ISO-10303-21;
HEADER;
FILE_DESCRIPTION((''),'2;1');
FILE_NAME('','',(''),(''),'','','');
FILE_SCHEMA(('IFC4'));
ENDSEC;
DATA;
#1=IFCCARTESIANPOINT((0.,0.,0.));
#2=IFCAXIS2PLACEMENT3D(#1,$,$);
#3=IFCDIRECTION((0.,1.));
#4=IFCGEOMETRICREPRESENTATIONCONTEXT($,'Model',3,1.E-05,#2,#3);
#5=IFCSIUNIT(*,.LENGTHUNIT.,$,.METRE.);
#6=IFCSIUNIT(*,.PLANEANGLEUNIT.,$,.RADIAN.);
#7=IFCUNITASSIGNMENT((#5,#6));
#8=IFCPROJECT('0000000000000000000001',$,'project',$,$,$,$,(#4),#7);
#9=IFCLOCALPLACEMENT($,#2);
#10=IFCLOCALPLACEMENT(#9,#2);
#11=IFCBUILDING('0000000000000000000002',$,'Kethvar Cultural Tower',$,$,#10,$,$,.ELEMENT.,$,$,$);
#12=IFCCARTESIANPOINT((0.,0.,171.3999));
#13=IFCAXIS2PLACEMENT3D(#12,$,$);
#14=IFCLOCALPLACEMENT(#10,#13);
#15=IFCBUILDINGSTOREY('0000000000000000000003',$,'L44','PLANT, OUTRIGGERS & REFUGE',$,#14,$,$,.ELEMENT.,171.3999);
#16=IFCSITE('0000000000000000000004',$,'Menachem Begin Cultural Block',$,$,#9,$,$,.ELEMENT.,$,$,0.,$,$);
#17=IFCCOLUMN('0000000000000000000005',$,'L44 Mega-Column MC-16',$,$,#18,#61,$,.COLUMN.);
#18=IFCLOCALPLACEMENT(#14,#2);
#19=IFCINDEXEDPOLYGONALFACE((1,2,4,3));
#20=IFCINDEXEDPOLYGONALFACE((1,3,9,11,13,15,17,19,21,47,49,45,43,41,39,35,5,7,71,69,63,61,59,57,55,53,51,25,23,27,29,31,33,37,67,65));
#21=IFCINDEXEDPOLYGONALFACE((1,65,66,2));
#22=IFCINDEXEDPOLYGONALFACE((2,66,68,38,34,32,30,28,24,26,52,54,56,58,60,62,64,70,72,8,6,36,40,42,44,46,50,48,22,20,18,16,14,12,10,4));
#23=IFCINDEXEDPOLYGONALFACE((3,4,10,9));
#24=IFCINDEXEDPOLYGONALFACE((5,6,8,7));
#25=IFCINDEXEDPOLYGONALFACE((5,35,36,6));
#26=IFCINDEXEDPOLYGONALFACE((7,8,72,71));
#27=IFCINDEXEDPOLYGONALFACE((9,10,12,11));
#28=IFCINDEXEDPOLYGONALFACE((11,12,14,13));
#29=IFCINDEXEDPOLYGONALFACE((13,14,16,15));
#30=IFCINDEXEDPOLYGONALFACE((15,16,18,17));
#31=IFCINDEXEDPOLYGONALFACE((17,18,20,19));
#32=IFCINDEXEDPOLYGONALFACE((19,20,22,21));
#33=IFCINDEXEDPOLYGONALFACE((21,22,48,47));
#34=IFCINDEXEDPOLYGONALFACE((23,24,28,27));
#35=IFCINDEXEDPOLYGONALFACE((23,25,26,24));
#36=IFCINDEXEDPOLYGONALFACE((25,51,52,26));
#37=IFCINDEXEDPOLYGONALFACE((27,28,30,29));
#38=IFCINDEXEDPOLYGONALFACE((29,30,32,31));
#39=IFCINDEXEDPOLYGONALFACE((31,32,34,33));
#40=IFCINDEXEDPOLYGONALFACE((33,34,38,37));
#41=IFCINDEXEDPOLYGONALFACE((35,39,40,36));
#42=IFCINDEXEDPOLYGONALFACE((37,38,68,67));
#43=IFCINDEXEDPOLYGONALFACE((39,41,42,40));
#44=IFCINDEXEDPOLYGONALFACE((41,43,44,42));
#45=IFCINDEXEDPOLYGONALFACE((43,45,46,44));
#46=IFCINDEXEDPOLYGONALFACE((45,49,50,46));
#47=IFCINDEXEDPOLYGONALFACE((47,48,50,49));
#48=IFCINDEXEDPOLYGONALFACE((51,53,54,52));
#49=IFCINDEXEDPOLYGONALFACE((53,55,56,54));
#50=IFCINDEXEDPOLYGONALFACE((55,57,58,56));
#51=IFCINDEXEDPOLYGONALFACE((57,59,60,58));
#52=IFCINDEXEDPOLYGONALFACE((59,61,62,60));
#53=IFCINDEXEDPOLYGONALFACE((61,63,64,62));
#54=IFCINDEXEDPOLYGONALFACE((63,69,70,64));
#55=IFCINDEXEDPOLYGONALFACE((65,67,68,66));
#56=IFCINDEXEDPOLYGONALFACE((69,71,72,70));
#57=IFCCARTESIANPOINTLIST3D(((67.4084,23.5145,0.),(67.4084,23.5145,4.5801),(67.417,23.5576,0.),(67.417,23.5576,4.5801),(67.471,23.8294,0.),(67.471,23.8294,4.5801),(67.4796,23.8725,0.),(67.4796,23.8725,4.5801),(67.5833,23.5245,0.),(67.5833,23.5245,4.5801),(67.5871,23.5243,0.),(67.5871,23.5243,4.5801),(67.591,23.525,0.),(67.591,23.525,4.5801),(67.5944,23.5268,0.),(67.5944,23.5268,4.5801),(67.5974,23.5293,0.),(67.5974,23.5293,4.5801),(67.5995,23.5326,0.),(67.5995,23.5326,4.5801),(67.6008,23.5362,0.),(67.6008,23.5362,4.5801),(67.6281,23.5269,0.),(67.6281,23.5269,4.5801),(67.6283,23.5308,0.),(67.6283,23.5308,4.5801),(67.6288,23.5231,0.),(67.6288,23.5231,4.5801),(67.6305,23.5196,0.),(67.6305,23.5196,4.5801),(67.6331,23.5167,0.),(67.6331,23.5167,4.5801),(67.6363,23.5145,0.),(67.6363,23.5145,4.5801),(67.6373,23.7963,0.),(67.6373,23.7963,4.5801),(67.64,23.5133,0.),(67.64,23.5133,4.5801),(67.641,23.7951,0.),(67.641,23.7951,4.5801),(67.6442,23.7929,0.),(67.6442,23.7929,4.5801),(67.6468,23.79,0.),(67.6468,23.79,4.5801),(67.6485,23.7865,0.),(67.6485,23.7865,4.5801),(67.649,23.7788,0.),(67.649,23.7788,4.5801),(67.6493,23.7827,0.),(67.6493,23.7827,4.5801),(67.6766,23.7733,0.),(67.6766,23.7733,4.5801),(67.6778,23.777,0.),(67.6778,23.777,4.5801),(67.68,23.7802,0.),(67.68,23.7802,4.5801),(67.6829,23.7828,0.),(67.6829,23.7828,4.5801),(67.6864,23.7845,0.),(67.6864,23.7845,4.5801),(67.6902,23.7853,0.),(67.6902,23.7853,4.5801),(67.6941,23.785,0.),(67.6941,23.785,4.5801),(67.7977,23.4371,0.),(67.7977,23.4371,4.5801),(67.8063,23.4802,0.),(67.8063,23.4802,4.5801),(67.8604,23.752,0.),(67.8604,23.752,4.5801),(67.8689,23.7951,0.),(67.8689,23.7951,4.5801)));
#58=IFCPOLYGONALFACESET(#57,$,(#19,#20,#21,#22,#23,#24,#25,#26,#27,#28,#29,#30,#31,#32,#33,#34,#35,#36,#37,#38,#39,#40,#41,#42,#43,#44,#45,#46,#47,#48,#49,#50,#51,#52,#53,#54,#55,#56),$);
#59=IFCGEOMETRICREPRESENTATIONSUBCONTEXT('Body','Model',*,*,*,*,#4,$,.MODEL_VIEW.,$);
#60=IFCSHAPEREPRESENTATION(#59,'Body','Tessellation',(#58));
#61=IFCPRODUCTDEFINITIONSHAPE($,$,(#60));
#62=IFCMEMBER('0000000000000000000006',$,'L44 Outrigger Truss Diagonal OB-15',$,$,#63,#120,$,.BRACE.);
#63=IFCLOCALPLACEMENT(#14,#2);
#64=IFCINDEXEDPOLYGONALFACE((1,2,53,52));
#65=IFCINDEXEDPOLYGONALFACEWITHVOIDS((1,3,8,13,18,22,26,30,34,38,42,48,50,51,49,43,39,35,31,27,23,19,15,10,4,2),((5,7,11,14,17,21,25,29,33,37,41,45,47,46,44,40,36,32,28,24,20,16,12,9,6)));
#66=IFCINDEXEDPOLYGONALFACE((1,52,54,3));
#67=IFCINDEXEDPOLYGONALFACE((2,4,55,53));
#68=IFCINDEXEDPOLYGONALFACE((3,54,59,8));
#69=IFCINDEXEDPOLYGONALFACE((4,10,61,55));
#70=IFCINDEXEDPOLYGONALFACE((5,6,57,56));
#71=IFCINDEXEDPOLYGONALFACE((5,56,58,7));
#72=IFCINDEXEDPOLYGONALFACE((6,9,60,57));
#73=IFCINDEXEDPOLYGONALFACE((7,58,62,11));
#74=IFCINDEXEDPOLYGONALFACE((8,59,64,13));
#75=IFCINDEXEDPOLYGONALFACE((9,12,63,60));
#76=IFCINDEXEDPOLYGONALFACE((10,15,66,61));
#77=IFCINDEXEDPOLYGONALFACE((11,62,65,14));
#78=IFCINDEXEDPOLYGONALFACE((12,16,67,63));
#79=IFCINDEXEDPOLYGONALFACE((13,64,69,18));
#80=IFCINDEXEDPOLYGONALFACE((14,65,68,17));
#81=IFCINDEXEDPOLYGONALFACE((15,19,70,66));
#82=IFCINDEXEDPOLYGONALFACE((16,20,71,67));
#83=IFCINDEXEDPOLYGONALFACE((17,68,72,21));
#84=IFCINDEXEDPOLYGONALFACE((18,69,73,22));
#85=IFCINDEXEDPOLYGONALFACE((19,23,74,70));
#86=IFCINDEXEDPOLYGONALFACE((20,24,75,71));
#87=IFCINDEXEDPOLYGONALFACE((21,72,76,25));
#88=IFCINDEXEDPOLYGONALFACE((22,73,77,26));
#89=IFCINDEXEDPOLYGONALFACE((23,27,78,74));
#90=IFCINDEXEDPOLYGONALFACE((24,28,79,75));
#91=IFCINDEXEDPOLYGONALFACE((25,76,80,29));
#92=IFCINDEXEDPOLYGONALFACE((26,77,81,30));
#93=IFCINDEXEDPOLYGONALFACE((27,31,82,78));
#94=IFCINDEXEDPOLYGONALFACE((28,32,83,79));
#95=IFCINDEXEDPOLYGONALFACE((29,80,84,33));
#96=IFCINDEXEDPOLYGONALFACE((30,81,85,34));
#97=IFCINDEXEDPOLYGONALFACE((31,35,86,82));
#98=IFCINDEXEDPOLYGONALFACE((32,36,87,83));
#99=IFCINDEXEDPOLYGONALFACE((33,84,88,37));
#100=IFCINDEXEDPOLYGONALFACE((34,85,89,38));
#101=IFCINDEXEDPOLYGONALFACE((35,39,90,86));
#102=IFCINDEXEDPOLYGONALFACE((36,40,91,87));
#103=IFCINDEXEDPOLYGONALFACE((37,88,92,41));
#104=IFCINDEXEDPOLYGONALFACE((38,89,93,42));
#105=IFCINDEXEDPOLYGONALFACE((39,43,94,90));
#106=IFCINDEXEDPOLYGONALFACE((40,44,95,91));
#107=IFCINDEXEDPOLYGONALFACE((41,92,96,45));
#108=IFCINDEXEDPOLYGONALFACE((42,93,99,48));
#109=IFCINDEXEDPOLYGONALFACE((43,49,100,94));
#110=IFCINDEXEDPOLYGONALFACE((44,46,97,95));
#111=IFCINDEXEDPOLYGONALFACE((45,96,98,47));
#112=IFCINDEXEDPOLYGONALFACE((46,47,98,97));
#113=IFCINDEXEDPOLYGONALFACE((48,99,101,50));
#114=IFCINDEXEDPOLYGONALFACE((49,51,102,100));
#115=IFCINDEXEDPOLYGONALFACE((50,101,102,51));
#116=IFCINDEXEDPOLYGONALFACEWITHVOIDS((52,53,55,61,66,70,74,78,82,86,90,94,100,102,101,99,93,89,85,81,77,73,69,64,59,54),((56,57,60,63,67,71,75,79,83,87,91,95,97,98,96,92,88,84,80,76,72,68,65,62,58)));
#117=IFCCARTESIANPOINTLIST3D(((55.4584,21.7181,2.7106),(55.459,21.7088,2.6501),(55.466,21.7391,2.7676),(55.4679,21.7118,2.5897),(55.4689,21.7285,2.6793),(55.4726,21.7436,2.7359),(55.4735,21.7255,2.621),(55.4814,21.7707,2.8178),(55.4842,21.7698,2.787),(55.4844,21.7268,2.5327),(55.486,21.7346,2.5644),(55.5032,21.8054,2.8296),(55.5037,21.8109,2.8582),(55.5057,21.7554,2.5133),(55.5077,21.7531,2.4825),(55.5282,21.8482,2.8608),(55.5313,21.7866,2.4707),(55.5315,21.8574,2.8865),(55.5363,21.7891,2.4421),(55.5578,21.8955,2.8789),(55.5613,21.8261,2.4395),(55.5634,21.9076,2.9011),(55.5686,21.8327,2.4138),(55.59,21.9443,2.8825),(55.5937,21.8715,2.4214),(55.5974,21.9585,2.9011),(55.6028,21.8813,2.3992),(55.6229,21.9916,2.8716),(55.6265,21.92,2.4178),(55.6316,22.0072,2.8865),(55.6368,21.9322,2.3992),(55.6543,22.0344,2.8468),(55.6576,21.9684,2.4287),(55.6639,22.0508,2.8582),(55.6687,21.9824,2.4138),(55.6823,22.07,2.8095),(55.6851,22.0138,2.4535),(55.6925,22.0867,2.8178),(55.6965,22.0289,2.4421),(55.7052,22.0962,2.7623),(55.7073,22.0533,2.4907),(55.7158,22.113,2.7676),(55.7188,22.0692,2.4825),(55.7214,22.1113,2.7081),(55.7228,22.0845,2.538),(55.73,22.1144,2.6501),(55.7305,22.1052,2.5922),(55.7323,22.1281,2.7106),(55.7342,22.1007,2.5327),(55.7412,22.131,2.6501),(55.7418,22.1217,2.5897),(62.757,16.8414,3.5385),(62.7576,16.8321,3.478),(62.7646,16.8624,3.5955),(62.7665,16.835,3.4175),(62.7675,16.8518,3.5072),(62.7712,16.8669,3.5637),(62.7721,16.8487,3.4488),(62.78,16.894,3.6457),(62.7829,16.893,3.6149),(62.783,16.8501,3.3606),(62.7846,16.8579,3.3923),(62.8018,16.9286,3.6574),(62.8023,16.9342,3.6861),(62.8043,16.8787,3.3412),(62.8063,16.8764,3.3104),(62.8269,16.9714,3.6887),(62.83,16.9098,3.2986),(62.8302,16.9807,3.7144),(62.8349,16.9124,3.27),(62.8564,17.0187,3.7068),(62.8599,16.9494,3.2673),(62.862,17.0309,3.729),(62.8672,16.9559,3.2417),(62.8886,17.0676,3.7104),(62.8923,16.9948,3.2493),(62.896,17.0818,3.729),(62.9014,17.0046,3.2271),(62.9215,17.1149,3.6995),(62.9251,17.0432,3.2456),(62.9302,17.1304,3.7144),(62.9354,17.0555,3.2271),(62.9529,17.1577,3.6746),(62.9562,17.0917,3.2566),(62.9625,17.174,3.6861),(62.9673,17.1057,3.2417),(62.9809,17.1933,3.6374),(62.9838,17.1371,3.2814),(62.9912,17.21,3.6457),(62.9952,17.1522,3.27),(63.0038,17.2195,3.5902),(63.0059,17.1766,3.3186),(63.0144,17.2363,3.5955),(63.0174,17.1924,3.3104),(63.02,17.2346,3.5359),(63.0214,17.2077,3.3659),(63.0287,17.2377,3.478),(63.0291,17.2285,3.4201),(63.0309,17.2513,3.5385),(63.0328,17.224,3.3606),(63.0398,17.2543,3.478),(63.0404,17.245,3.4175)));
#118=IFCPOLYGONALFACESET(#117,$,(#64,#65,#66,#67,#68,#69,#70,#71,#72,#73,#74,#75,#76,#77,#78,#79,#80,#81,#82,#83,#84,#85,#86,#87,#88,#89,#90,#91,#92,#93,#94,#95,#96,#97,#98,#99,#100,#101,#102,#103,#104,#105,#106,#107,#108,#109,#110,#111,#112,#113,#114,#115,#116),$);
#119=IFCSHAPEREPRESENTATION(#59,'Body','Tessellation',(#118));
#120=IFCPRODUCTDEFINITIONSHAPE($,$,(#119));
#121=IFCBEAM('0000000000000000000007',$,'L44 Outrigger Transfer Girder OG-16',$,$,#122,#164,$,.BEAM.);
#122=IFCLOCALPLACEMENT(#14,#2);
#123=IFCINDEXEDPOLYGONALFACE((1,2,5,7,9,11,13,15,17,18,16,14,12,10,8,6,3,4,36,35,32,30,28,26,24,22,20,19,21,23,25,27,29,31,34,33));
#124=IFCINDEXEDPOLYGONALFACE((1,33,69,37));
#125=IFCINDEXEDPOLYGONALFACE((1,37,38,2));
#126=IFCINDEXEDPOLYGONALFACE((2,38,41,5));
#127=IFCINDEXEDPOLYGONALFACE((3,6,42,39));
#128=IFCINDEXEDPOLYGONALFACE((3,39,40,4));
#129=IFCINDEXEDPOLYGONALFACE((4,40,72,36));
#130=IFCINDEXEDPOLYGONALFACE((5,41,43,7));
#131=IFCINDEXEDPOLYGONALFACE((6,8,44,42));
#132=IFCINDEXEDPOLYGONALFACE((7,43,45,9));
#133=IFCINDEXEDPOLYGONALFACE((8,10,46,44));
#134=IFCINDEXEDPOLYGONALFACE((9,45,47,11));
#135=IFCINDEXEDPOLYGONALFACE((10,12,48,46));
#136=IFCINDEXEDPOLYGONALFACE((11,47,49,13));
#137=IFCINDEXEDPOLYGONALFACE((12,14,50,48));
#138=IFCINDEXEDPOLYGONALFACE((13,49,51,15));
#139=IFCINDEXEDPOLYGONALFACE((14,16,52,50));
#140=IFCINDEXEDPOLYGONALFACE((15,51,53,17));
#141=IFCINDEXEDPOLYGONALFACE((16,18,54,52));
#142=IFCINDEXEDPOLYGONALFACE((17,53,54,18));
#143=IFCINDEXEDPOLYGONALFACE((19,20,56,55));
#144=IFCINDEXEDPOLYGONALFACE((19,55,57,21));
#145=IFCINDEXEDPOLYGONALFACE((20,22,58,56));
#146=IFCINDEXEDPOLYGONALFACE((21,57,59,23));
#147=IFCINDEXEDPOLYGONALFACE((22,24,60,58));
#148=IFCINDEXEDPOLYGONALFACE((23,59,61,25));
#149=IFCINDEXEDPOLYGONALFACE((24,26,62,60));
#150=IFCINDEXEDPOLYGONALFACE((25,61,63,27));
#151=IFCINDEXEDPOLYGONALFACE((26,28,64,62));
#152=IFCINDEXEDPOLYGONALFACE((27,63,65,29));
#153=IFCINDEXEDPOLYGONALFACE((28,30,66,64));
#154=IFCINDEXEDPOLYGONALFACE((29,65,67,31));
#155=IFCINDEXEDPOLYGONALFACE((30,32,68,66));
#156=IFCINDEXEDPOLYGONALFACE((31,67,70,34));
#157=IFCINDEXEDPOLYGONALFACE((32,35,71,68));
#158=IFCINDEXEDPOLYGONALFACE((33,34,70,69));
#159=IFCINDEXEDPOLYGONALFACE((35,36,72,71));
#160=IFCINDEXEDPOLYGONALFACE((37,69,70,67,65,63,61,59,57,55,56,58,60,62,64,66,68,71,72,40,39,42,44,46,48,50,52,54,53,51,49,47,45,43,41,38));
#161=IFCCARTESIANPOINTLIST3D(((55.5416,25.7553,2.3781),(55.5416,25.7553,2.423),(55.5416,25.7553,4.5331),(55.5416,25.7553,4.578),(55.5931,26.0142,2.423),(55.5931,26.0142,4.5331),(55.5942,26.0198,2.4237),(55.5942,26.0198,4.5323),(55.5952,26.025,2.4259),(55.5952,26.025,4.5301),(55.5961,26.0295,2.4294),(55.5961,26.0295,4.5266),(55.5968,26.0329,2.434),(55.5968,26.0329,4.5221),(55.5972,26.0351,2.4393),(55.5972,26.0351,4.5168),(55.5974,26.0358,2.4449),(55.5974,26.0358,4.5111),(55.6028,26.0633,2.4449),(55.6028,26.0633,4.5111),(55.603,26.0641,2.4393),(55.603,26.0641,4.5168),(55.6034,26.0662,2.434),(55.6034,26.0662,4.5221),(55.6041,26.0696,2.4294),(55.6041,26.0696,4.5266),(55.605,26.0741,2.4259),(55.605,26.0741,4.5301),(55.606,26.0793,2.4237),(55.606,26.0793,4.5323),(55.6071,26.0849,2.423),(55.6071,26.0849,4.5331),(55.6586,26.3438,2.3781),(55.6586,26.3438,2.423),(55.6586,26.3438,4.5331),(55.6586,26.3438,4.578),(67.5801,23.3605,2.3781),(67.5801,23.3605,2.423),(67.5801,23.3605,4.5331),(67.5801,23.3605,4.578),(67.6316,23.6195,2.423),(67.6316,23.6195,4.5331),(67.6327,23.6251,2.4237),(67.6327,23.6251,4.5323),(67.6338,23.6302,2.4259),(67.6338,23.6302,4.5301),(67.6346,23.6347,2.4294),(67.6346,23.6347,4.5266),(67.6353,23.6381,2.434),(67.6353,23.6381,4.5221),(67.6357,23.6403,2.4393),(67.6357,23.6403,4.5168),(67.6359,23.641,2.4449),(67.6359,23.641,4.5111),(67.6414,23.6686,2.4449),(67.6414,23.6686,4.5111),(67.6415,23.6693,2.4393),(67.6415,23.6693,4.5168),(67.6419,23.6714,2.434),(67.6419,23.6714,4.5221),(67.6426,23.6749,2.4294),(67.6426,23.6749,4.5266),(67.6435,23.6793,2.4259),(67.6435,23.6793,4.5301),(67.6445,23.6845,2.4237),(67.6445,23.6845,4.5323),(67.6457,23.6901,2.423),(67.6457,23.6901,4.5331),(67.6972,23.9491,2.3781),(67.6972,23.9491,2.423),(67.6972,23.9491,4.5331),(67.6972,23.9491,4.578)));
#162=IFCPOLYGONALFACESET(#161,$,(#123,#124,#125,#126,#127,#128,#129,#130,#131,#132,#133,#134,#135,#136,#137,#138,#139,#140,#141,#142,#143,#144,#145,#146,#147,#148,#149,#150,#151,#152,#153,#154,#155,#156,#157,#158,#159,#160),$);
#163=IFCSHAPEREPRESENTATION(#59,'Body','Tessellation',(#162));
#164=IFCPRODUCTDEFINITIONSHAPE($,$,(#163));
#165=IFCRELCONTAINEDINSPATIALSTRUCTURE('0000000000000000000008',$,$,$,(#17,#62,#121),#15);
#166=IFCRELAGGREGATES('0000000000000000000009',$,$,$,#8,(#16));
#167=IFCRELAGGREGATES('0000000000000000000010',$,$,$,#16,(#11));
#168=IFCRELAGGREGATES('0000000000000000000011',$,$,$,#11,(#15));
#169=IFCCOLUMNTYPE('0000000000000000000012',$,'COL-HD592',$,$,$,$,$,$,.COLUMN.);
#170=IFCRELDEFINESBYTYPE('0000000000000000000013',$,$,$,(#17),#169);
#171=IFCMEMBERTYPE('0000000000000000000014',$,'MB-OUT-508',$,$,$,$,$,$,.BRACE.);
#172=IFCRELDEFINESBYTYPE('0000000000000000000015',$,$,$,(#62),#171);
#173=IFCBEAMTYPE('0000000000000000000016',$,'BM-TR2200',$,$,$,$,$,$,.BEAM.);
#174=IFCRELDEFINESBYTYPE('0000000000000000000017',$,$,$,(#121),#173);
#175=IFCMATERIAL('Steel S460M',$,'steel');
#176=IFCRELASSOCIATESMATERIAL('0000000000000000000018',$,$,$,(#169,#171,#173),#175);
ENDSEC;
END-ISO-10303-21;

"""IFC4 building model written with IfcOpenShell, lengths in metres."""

from ifc_helpers import new_model, si_unit, direction, frame, origin, origin_2d, place, context, subcontext, project, spatial, hollow_circle, i_section, extrude, source, transform, mapped, material, material_profile, profile_set, type_object, element, save


model = new_model("IFC4")

# Units and contexts
model_context = context("Model", 3, precision=1e-05, world=origin(), true_north=direction((0.0, 1.0)))
body_context = subcontext(model_context, "Body", "Model", "MODEL_VIEW")
ifc_project = project(units=[si_unit("LENGTHUNIT", "METRE"), si_unit("PLANEANGLEUNIT", "RADIAN")], contexts=[model_context])

# Site, building, storey
site_placement = place(None, origin())
site = spatial("IfcSite", under=ifc_project, at=site_placement, Name="Menachem Begin Cultural Block", CompositionType="ELEMENT", RefElevation=0.0)
building_placement = place(site_placement, origin())
building = spatial("IfcBuilding", under=site, at=building_placement, Name="Kethvar Cultural Tower", CompositionType="ELEMENT")
storey_placement = place(building_placement, frame((0.0, 0.0, 171.3999)))
storey = spatial("IfcBuildingStorey", under=building, at=storey_placement, Name="L44", Description="PLANT, OUTRIGGERS & REFUGE", CompositionType="ELEMENT", Elevation=171.3999)

# Column
ifc_material_1 = material(Name="Steel S460M", Category="steel")
ifc_material_profile_1 = material_profile(ifc_material_1, i_section(OverallWidth=0.397, OverallDepth=0.365, WebThickness=0.0281, FlangeThickness=0.0439, FilletRadius=0.0149, at=origin_2d()), Name="Steel S460M — HD400x592")
ifc_profile_set_1 = profile_set([ifc_material_profile_1], Name="Steel S460M — HD400x592")
column_type = type_object("IfcColumnType", Name="COL-HD592", PredefinedType="COLUMN", material=ifc_profile_set_1)
shared_shape_1 = source(origin(), body_context, "Body", "SweptSolid", [
    extrude(i_section(OverallWidth=0.397, OverallDepth=0.365, WebThickness=0.0281, FlangeThickness=0.0439, FilletRadius=0.0149, at=origin_2d()), origin(), (0.0, 0.0, 1.0), 4.5801),
])
column_placement = place(storey_placement, frame((67.6387, 23.6548, 0.0), z_axis=(0.0, 0.0, 1.0), x_axis=(0.980785, -0.19509, 0.0)))
element("IfcColumn", 1, at=column_placement, inside=storey, type_object=column_type, Name="L44 Mega-Column MC-16", PredefinedType="COLUMN", context=body_context, shape_type="MappedRepresentation", body=[
    mapped(shared_shape_1, transform((0.0, 0.0, 0.0), scale=1.0)),
])

# Member
ifc_material_profile_2 = material_profile(ifc_material_1, hollow_circle(Radius=0.2539, WallThickness=0.02, at=origin_2d()), Name="Steel S460M — CHS508x20")
ifc_profile_set_2 = profile_set([ifc_material_profile_2], Name="Steel S460M — CHS508x20")
member_type_1 = type_object("IfcMemberType", Name="MB-OUT-508", PredefinedType="BRACE", material=ifc_profile_set_2)
shared_shape_2 = source(origin(), body_context, "Body", "SweptSolid", [
    extrude(hollow_circle(Radius=0.2539, WallThickness=0.02, at=origin_2d()), origin(), (0.0, 0.0, 1.0), 8.8169),
])
member_1_placement = place(storey_placement, frame((55.6001, 21.9199, 2.6501), z_axis=(0.827799, -0.553112, 0.093897), x_axis=(0.555566, 0.831472, 0.0)))
element("IfcMember", 2, at=member_1_placement, inside=storey, type_object=member_type_1, Name="L44 Outrigger Truss Diagonal OB-15", PredefinedType="BRACE", context=body_context, shape_type="MappedRepresentation", body=[
    mapped(shared_shape_2, transform((0.0, 0.0, 0.0), scale=1.0)),
])

# Beam
ifc_material_profile_3 = material_profile(ifc_material_1, i_section(OverallWidth=0.6001, OverallDepth=2.2, WebThickness=0.0281, FlangeThickness=0.0449, FilletRadius=0.022, at=origin_2d()), Name="Steel S460M — PG2200x600x45x28")
ifc_profile_set_3 = profile_set([ifc_material_profile_3], Name="Steel S460M — PG2200x600x45x28")
beam_type = type_object("IfcBeamType", Name="BM-TR2200", PredefinedType="BEAM", material=ifc_profile_set_3)
shared_shape_3 = source(origin(), body_context, "Body", "SweptSolid", [
    extrude(i_section(OverallWidth=0.6001, OverallDepth=2.2, WebThickness=0.0281, FlangeThickness=0.0449, FilletRadius=0.022, at=origin_2d()), origin(), (0.0, 0.0, 1.0), 12.2744),
])
beam_1_placement = place(storey_placement, frame((55.6001, 26.0496, 3.478), z_axis=(0.980783, -0.195102, 0.0), x_axis=(0.195102, 0.980783, 0.0)))
element("IfcBeam", 3, at=beam_1_placement, inside=storey, type_object=beam_type, Name="L44 Outrigger Transfer Girder OG-16", PredefinedType="BEAM", context=body_context, shape_type="MappedRepresentation", body=[
    mapped(shared_shape_3, transform((0.0, 0.0, 0.0), scale=1.0)),
])

save(model, "model.ifc")
